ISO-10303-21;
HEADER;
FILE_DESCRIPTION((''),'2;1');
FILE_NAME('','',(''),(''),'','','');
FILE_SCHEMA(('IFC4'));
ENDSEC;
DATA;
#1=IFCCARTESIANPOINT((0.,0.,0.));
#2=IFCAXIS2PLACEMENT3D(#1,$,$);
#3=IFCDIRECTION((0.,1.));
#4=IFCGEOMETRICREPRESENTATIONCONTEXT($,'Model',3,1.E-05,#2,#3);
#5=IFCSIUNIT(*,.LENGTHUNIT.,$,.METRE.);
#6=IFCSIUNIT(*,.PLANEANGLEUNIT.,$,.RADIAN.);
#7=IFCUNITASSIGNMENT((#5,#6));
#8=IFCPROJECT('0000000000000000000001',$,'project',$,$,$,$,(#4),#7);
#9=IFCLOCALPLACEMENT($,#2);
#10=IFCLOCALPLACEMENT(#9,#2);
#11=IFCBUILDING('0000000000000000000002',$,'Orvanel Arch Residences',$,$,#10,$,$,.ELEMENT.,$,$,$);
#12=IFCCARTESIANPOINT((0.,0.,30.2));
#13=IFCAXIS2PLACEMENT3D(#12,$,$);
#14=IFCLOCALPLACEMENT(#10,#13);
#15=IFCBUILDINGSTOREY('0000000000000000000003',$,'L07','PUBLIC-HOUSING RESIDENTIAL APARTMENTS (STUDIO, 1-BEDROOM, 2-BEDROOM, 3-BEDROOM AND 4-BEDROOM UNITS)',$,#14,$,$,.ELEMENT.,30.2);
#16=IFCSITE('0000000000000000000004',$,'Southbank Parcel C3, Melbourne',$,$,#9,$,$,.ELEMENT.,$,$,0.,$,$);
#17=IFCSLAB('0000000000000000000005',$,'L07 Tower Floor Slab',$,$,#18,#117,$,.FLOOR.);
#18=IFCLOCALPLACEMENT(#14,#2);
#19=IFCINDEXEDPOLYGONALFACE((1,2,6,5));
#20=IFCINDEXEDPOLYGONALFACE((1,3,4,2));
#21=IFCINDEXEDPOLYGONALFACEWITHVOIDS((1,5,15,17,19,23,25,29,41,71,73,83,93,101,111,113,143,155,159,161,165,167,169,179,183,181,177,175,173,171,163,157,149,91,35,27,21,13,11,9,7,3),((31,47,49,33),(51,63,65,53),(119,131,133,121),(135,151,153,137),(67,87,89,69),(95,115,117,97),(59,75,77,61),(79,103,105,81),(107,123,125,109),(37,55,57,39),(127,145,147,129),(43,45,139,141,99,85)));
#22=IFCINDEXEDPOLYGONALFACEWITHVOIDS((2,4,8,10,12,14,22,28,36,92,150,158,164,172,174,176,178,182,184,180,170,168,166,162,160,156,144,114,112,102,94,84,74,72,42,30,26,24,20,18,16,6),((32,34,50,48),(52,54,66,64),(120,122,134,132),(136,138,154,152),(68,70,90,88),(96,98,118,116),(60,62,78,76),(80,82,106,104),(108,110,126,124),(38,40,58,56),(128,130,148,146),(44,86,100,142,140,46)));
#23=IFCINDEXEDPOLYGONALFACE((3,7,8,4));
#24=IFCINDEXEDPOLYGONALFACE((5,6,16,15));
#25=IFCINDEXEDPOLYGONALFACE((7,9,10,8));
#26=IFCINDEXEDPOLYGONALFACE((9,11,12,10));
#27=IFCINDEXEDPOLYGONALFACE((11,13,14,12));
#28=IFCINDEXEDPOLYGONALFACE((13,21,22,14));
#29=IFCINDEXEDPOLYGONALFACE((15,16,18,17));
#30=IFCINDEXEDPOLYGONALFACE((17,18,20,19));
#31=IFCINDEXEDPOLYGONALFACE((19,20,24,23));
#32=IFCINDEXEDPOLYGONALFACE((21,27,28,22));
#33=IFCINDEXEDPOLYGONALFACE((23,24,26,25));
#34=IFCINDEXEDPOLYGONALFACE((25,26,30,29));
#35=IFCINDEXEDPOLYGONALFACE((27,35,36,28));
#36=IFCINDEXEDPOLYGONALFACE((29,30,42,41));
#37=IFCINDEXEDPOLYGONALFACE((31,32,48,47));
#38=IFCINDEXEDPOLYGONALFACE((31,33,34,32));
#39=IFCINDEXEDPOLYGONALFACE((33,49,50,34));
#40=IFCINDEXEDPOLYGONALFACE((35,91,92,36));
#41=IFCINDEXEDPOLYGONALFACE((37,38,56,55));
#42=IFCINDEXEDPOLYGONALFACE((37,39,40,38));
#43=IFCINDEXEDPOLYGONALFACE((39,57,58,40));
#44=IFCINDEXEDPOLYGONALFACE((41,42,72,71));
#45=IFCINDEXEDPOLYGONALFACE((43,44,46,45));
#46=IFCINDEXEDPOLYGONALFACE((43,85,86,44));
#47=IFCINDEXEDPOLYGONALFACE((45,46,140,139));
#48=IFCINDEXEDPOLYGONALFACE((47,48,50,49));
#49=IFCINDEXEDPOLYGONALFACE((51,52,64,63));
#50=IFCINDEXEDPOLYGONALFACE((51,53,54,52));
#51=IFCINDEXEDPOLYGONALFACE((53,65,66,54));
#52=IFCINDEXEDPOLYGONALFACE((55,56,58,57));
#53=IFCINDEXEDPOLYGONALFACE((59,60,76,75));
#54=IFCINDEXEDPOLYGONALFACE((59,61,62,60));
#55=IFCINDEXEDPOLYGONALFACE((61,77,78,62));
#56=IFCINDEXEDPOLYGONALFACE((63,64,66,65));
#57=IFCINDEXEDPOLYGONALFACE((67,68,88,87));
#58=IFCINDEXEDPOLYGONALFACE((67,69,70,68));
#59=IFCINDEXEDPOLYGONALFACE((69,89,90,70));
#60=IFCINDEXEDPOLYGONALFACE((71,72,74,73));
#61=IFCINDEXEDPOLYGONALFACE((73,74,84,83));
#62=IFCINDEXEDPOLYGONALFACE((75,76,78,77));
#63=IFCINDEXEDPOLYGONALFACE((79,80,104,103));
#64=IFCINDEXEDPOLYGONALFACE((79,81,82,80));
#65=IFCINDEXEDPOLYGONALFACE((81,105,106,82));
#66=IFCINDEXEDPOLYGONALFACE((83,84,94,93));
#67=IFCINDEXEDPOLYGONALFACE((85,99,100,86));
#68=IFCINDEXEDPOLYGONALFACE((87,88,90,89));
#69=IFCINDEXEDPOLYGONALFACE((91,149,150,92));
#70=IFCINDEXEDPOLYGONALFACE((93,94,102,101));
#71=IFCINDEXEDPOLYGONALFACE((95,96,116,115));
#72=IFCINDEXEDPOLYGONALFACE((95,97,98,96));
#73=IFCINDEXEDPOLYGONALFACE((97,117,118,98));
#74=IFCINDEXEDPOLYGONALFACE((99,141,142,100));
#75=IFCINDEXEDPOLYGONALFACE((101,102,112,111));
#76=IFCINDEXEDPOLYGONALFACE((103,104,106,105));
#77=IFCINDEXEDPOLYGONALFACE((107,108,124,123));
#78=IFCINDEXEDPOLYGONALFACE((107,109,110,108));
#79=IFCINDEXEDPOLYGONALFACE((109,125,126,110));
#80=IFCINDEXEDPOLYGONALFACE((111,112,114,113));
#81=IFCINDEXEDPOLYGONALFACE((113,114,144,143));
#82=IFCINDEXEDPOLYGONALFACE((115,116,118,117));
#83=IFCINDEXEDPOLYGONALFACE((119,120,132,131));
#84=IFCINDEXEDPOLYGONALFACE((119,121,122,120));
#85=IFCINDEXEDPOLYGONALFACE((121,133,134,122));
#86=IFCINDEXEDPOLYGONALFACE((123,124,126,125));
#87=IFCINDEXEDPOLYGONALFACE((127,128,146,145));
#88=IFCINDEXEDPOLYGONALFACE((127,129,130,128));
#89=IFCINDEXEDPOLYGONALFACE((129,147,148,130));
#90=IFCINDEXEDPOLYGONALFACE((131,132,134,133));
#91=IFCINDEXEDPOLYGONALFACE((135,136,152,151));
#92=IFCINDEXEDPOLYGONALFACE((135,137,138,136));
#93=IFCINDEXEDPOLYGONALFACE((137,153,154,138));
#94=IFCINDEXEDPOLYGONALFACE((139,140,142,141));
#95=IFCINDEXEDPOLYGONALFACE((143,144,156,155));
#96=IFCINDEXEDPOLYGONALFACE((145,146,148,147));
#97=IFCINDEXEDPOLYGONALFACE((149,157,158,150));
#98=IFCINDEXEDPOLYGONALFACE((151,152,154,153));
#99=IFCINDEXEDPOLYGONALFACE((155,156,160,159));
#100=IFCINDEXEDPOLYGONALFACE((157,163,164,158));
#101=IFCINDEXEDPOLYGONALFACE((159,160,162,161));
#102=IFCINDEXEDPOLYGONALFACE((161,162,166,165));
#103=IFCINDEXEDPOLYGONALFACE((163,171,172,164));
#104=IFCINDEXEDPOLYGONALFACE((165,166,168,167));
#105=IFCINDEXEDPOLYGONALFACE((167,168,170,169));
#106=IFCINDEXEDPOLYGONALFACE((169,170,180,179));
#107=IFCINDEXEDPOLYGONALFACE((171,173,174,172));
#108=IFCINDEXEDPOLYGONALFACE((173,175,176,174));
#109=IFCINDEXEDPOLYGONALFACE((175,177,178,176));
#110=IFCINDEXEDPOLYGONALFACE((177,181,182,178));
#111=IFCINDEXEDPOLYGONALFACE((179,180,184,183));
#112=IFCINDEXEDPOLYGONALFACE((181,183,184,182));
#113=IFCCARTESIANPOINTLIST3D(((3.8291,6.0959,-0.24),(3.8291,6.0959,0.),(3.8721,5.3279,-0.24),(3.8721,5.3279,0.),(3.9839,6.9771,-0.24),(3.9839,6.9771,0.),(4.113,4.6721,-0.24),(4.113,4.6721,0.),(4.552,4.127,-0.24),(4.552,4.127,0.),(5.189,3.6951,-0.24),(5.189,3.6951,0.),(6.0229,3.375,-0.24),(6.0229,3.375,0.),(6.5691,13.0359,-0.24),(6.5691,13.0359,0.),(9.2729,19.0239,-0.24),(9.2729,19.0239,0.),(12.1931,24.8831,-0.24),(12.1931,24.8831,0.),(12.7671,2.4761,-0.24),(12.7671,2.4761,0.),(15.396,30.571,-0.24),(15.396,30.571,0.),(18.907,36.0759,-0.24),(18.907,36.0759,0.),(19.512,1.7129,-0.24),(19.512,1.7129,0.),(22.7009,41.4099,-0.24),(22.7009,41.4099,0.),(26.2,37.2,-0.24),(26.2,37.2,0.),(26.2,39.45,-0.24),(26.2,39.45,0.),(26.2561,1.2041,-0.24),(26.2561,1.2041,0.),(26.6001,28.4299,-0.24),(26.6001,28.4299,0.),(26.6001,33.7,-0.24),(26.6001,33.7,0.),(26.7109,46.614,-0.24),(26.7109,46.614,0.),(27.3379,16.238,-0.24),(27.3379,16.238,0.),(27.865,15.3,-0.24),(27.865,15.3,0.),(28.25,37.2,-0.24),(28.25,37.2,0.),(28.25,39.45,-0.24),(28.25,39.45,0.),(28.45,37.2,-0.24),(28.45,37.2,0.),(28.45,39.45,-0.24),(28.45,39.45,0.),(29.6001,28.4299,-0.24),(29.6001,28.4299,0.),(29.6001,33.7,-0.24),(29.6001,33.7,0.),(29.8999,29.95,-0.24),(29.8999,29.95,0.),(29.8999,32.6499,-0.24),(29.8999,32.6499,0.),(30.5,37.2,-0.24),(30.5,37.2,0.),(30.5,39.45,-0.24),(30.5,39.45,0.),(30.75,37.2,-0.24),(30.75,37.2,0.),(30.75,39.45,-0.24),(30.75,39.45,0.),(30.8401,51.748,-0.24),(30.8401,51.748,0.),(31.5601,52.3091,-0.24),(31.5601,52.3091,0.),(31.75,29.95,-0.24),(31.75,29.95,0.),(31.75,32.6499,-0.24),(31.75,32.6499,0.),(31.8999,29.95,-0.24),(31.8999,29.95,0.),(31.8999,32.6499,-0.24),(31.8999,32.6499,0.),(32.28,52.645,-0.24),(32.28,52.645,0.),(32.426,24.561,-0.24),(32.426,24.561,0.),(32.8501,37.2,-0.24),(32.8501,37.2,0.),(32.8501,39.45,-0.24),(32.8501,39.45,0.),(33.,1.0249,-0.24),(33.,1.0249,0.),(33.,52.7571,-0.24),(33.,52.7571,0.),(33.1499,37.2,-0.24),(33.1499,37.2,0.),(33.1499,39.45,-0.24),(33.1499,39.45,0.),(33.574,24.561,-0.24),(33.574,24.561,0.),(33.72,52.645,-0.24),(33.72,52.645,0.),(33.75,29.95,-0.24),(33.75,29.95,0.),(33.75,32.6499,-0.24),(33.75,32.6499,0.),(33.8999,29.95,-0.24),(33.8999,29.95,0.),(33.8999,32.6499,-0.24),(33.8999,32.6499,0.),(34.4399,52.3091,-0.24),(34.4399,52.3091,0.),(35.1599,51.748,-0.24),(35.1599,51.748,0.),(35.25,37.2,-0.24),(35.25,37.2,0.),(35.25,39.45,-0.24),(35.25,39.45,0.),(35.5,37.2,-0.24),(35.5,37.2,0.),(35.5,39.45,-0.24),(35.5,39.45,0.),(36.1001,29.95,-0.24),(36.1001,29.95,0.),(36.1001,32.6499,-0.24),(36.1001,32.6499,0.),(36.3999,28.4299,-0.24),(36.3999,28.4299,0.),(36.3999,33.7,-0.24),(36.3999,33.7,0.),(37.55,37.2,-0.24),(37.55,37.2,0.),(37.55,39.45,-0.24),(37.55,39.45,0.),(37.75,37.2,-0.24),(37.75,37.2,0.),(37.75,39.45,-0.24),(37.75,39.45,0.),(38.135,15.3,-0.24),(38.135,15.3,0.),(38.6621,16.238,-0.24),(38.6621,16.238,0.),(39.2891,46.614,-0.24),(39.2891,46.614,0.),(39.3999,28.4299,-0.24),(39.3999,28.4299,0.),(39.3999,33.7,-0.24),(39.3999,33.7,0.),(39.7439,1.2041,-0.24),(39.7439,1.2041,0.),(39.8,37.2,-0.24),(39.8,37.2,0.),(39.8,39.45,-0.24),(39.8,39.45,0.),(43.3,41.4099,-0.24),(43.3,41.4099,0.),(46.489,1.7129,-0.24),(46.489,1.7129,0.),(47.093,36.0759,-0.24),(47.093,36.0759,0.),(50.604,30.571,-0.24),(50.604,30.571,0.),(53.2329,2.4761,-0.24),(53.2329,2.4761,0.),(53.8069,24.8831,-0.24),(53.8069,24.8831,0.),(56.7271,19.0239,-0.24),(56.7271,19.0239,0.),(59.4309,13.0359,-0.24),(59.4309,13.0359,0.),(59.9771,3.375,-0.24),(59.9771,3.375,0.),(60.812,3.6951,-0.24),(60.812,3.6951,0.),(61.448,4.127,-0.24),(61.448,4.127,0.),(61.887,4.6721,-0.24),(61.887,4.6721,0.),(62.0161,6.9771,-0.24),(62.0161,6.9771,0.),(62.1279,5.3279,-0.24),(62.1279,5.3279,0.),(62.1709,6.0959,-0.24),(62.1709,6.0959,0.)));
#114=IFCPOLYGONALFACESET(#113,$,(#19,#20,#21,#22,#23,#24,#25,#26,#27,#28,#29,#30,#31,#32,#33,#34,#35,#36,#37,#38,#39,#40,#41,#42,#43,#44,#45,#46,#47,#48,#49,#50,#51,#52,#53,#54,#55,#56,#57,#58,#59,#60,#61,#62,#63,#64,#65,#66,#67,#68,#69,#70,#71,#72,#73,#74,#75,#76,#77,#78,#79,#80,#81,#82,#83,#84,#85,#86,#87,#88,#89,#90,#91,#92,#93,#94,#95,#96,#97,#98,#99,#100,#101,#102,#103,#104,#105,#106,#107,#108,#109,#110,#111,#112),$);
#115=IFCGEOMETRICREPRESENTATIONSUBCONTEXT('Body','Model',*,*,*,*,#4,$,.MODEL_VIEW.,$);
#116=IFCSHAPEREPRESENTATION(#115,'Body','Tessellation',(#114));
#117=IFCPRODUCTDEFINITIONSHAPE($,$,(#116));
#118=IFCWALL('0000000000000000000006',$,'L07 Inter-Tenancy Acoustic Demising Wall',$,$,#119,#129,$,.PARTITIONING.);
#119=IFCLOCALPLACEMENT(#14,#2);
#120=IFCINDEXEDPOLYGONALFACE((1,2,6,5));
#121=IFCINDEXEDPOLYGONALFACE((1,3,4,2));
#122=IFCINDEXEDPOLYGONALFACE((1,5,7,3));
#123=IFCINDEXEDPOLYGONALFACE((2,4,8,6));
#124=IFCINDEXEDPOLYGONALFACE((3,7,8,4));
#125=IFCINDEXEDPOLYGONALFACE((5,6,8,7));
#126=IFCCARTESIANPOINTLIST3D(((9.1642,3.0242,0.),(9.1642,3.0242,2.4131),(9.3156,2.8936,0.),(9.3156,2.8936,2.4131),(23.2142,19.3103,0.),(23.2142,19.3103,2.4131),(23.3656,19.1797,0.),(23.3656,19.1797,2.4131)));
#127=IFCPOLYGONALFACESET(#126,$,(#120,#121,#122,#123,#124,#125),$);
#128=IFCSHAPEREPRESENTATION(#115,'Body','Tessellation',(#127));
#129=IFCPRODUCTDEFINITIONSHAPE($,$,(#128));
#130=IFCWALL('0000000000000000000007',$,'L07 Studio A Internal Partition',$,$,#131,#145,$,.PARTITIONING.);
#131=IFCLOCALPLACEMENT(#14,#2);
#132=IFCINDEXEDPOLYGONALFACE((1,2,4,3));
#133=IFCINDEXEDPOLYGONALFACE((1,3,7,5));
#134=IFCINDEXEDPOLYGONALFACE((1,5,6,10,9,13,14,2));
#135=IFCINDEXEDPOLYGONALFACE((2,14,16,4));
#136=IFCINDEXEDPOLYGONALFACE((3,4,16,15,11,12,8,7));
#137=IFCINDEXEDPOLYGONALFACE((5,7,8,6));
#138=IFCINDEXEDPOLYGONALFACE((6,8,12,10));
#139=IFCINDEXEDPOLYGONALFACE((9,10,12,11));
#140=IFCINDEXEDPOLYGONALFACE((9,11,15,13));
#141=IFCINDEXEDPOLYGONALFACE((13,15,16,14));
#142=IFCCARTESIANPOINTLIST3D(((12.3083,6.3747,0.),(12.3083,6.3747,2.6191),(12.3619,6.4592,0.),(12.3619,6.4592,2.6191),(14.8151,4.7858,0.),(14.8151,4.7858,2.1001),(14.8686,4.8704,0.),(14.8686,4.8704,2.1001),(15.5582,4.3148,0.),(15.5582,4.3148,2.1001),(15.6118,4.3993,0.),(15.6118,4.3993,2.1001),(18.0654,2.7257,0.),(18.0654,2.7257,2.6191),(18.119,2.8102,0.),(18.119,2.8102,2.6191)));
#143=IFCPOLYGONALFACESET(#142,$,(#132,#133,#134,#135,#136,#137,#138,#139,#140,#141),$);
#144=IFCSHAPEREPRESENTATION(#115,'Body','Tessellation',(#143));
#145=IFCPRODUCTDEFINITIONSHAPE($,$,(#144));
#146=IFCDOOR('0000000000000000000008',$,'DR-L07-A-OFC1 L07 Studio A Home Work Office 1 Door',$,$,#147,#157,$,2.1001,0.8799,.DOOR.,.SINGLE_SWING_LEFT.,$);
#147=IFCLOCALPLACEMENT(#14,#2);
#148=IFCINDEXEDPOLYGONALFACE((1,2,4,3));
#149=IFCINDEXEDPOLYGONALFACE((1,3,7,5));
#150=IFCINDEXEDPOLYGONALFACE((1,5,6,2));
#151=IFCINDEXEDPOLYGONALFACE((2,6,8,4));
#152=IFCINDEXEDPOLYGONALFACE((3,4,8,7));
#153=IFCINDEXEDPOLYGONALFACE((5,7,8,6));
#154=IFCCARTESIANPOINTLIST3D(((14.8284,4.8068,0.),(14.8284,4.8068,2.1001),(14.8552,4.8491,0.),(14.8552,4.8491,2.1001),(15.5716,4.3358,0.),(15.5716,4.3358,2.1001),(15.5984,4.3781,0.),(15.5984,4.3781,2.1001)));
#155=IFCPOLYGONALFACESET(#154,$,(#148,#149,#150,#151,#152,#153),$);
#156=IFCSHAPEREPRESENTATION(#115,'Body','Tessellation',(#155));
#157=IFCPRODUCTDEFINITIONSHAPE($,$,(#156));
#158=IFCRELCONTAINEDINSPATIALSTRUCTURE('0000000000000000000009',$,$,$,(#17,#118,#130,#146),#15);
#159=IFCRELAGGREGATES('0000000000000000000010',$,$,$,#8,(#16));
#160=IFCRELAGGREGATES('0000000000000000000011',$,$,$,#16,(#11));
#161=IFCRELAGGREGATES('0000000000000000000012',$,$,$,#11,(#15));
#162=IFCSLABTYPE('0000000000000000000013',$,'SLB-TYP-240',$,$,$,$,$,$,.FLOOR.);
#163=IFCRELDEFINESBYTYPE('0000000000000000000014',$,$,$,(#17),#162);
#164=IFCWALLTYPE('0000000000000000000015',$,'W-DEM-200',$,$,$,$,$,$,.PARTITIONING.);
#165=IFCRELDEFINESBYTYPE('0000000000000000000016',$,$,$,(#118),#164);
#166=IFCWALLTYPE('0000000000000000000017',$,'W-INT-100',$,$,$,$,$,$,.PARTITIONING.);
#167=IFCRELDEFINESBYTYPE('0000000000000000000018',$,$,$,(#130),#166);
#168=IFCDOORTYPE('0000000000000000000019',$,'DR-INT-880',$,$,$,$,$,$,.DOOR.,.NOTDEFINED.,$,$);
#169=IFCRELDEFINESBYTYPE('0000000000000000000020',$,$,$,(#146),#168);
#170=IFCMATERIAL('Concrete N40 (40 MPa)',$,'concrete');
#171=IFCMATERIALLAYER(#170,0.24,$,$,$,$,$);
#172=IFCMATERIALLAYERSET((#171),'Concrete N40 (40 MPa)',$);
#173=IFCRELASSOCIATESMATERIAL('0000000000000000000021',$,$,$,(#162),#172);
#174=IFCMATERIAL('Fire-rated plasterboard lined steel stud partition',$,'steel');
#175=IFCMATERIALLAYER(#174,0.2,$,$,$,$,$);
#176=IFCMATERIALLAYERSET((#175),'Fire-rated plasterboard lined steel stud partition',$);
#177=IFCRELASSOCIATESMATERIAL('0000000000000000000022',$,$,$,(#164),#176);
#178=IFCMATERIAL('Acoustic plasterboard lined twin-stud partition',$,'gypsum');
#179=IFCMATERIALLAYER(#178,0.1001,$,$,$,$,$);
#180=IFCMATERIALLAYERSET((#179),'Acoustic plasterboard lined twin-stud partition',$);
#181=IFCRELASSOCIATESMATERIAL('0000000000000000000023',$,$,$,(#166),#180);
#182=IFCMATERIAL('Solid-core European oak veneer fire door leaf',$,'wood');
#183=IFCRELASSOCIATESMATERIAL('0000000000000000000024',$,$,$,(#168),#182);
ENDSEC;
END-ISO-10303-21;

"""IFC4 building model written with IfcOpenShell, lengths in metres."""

from ifc_helpers import new_model, si_unit, direction, frame, frame_2d, origin, place, context, subcontext, project, spatial, polyline, rectangle, outline, extrude, material, layer, layer_set, type_object, element, fill, save


model = new_model("IFC4")

# Units and contexts
model_context = context("Model", 3, precision=1e-05, world=origin(), true_north=direction((0.0, 1.0)))
body_context = subcontext(model_context, "Body", "Model", "MODEL_VIEW")
ifc_project = project(units=[si_unit("LENGTHUNIT", "METRE"), si_unit("PLANEANGLEUNIT", "RADIAN")], contexts=[model_context])

# Site, building, storey
site_placement = place(None, origin())
site = spatial("IfcSite", under=ifc_project, at=site_placement, Name="Southbank Parcel C3, Melbourne", CompositionType="ELEMENT", RefElevation=0.0)
building_placement = place(site_placement, origin())
building = spatial("IfcBuilding", under=site, at=building_placement, Name="Orvanel Arch Residences", CompositionType="ELEMENT")
storey_placement = place(building_placement, frame((0.0, 0.0, 30.2)))
storey = spatial("IfcBuildingStorey", under=building, at=storey_placement, Name="L07", Description="PUBLIC-HOUSING RESIDENTIAL APARTMENTS (STUDIO, 1-BEDROOM, 2-BEDROOM, 3-BEDROOM AND 4-BEDROOM UNITS)", CompositionType="ELEMENT", Elevation=30.2)

# Shared definitions
ifc_material_1 = material(Name="Concrete N40 (40 MPa)", Category="concrete")

# Slab
ifc_layer_1 = layer(ifc_material_1, 0.24)
ifc_layer_set_1 = layer_set([ifc_layer_1], Name="Concrete N40 (40 MPa)")
slab_type_1 = type_object("IfcSlabType", Name="SLB-TYP-240", PredefinedType="FLOOR", material=ifc_layer_set_1)
slab_1_placement = place(storey_placement, frame((0.0, 0.0, -0.24)))
element("IfcSlab", 1, at=slab_1_placement, inside=storey, type_object=slab_type_1, Name="L07 Tower Floor Slab", PredefinedType="FLOOR", context=body_context, shape_type="SweptSolid", body=[
    extrude(outline(polyline([(35.1599, 51.748), (34.4399, 52.3091), (33.72, 52.645), (33.0, 52.7571), (32.28, 52.645), (31.5601, 52.3091), (30.8401, 51.748), (26.7109, 46.614), (22.7009, 41.4099), (18.907, 36.0759), (15.396, 30.571), (12.1931, 24.8831), (9.2729, 19.0239), (6.5691, 13.0359), (3.9839, 6.9771), (3.8291, 6.0959), (3.8721, 5.3279), (4.113, 4.6721), (4.552, 4.127), (5.189, 3.6951), (6.0229, 3.375), (12.7671, 2.4761), (19.512, 1.7129), (26.2561, 1.2041), (33.0, 1.0249), (39.7439, 1.2041), (46.489, 1.7129), (53.2329, 2.4761), (59.9771, 3.375), (60.812, 3.6951), (61.448, 4.127), (61.887, 4.6721), (62.1279, 5.3279), (62.1709, 6.0959), (62.0161, 6.9771), (59.4309, 13.0359), (56.7271, 19.0239), (53.8069, 24.8831), (50.604, 30.571), (47.093, 36.0759), (43.3, 41.4099), (39.2891, 46.614), (35.1599, 51.748)]), holes=[polyline([(26.6001, 28.4299), (26.6001, 33.7), (29.6001, 33.7), (29.6001, 28.4299), (26.6001, 28.4299)]), polyline([(36.3999, 28.4299), (36.3999, 33.7), (39.3999, 33.7), (39.3999, 28.4299), (36.3999, 28.4299)]), polyline([(29.8999, 32.6499), (31.75, 32.6499), (31.75, 29.95), (29.8999, 29.95), (29.8999, 32.6499)]), polyline([(31.8999, 32.6499), (33.75, 32.6499), (33.75, 29.95), (31.8999, 29.95), (31.8999, 32.6499)]), polyline([(33.8999, 32.6499), (36.1001, 32.6499), (36.1001, 29.95), (33.8999, 29.95), (33.8999, 32.6499)]), polyline([(26.2, 39.45), (28.25, 39.45), (28.25, 37.2), (26.2, 37.2), (26.2, 39.45)]), polyline([(37.75, 39.45), (39.8, 39.45), (39.8, 37.2), (37.75, 37.2), (37.75, 39.45)]), polyline([(28.45, 39.45), (30.5, 39.45), (30.5, 37.2), (28.45, 37.2), (28.45, 39.45)]), polyline([(35.5, 39.45), (37.55, 39.45), (37.55, 37.2), (35.5, 37.2), (35.5, 39.45)]), polyline([(30.75, 39.45), (32.8501, 39.45), (32.8501, 37.2), (30.75, 37.2), (30.75, 39.45)]), polyline([(33.1499, 39.45), (35.25, 39.45), (35.25, 37.2), (33.1499, 37.2), (33.1499, 39.45)]), polyline([(38.6621, 16.238), (38.135, 15.3), (27.865, 15.3), (27.3379, 16.238), (32.426, 24.561), (33.574, 24.561), (38.6621, 16.238)])]), origin(), (0.0, 0.0, 1.0), 0.24),
])

# Wall
ifc_material_2 = material(Name="Fire-rated plasterboard lined steel stud partition", Category="steel")
ifc_layer_2 = layer(ifc_material_2, 0.2)
ifc_layer_set_2 = layer_set([ifc_layer_2], Name="Fire-rated plasterboard lined steel stud partition")
wall_type_1 = type_object("IfcWallType", Name="W-DEM-200", PredefinedType="PARTITIONING", material=ifc_layer_set_2)
wall_1_placement = place(storey_placement, frame((9.24, 2.959, 0.0), z_axis=(0.0, 0.0, 1.0), x_axis=(0.653214, 0.757174, 0.0)))
element("IfcWall", 2, at=wall_1_placement, inside=storey, type_object=wall_type_1, Name="L07 Inter-Tenancy Acoustic Demising Wall", PredefinedType="PARTITIONING", context=body_context, shape_type="SweptSolid", body=[
    extrude(rectangle(XDim=21.509, YDim=0.2, at=frame_2d((10.7544, 0.0))), origin(), (0.0, 0.0, 1.0), 2.4131),
])

# Wall, opening, door
ifc_material_3 = material(Name="Acoustic plasterboard lined twin-stud partition", Category="gypsum")
ifc_layer_3 = layer(ifc_material_3, 0.1001)
ifc_layer_set_3 = layer_set([ifc_layer_3], Name="Acoustic plasterboard lined twin-stud partition")
wall_type_2 = type_object("IfcWallType", Name="W-INT-100", PredefinedType="PARTITIONING", material=ifc_layer_set_3)
wall_2_placement = place(storey_placement, frame((12.335, 6.417, 0.0), z_axis=(0.0, 0.0, 1.0), x_axis=(0.844635, -0.535343, 0.0)))
wall_2 = element("IfcWall", 3, at=wall_2_placement, inside=storey, type_object=wall_type_2, Name="L07 Studio A Internal Partition", PredefinedType="PARTITIONING", context=body_context, shape_type="SweptSolid", body=[
    extrude(rectangle(XDim=6.8162, YDim=0.1001, at=frame_2d((3.4082, 0.0))), origin(), (0.0, 0.0, 1.0), 2.6191),
])
opening_1_placement = place(wall_2_placement, frame((2.968, 0.0, 0.0)))
opening_1 = element("IfcOpeningElement", 4, at=opening_1_placement, cuts=wall_2, PredefinedType="OPENING", context=body_context, shape_type="SweptSolid", body=[
    extrude(rectangle(XDim=0.8799, YDim=2.1001, at=frame_2d((0.4399, 1.05))), frame((0.0, 0.0601, 0.0), z_axis=(0.0, -1.0, 0.0), x_axis=(1.0, 0.0, 0.0)), (0.0, 0.0, 1.0), 0.1201),
])
ifc_material_4 = material(Name="Solid-core European oak veneer fire door leaf", Category="wood")
door_type = type_object("IfcDoorType", Name="DR-INT-880", OperationType="NOTDEFINED", PredefinedType="DOOR", material=ifc_material_4)
door_1_placement = place(opening_1_placement, origin())
door_1 = element("IfcDoor", 5, at=door_1_placement, inside=storey, type_object=door_type, Name="DR-L07-A-OFC1 L07 Studio A Home Work Office 1 Door", OperationType="SINGLE_SWING_LEFT", OverallHeight=2.1001, OverallWidth=0.8799, PredefinedType="DOOR", context=body_context, shape_type="SweptSolid", body=[
    extrude(rectangle(XDim=0.8799, YDim=2.1001, at=frame_2d((0.4399, 1.05))), frame((0.0, 0.0249, 0.0), z_axis=(0.0, -1.0, 0.0), x_axis=(1.0, 0.0, 0.0)), (0.0, 0.0, 1.0), 0.05),
])
fill(opening_1, door_1)

save(model, "model.ifc")
